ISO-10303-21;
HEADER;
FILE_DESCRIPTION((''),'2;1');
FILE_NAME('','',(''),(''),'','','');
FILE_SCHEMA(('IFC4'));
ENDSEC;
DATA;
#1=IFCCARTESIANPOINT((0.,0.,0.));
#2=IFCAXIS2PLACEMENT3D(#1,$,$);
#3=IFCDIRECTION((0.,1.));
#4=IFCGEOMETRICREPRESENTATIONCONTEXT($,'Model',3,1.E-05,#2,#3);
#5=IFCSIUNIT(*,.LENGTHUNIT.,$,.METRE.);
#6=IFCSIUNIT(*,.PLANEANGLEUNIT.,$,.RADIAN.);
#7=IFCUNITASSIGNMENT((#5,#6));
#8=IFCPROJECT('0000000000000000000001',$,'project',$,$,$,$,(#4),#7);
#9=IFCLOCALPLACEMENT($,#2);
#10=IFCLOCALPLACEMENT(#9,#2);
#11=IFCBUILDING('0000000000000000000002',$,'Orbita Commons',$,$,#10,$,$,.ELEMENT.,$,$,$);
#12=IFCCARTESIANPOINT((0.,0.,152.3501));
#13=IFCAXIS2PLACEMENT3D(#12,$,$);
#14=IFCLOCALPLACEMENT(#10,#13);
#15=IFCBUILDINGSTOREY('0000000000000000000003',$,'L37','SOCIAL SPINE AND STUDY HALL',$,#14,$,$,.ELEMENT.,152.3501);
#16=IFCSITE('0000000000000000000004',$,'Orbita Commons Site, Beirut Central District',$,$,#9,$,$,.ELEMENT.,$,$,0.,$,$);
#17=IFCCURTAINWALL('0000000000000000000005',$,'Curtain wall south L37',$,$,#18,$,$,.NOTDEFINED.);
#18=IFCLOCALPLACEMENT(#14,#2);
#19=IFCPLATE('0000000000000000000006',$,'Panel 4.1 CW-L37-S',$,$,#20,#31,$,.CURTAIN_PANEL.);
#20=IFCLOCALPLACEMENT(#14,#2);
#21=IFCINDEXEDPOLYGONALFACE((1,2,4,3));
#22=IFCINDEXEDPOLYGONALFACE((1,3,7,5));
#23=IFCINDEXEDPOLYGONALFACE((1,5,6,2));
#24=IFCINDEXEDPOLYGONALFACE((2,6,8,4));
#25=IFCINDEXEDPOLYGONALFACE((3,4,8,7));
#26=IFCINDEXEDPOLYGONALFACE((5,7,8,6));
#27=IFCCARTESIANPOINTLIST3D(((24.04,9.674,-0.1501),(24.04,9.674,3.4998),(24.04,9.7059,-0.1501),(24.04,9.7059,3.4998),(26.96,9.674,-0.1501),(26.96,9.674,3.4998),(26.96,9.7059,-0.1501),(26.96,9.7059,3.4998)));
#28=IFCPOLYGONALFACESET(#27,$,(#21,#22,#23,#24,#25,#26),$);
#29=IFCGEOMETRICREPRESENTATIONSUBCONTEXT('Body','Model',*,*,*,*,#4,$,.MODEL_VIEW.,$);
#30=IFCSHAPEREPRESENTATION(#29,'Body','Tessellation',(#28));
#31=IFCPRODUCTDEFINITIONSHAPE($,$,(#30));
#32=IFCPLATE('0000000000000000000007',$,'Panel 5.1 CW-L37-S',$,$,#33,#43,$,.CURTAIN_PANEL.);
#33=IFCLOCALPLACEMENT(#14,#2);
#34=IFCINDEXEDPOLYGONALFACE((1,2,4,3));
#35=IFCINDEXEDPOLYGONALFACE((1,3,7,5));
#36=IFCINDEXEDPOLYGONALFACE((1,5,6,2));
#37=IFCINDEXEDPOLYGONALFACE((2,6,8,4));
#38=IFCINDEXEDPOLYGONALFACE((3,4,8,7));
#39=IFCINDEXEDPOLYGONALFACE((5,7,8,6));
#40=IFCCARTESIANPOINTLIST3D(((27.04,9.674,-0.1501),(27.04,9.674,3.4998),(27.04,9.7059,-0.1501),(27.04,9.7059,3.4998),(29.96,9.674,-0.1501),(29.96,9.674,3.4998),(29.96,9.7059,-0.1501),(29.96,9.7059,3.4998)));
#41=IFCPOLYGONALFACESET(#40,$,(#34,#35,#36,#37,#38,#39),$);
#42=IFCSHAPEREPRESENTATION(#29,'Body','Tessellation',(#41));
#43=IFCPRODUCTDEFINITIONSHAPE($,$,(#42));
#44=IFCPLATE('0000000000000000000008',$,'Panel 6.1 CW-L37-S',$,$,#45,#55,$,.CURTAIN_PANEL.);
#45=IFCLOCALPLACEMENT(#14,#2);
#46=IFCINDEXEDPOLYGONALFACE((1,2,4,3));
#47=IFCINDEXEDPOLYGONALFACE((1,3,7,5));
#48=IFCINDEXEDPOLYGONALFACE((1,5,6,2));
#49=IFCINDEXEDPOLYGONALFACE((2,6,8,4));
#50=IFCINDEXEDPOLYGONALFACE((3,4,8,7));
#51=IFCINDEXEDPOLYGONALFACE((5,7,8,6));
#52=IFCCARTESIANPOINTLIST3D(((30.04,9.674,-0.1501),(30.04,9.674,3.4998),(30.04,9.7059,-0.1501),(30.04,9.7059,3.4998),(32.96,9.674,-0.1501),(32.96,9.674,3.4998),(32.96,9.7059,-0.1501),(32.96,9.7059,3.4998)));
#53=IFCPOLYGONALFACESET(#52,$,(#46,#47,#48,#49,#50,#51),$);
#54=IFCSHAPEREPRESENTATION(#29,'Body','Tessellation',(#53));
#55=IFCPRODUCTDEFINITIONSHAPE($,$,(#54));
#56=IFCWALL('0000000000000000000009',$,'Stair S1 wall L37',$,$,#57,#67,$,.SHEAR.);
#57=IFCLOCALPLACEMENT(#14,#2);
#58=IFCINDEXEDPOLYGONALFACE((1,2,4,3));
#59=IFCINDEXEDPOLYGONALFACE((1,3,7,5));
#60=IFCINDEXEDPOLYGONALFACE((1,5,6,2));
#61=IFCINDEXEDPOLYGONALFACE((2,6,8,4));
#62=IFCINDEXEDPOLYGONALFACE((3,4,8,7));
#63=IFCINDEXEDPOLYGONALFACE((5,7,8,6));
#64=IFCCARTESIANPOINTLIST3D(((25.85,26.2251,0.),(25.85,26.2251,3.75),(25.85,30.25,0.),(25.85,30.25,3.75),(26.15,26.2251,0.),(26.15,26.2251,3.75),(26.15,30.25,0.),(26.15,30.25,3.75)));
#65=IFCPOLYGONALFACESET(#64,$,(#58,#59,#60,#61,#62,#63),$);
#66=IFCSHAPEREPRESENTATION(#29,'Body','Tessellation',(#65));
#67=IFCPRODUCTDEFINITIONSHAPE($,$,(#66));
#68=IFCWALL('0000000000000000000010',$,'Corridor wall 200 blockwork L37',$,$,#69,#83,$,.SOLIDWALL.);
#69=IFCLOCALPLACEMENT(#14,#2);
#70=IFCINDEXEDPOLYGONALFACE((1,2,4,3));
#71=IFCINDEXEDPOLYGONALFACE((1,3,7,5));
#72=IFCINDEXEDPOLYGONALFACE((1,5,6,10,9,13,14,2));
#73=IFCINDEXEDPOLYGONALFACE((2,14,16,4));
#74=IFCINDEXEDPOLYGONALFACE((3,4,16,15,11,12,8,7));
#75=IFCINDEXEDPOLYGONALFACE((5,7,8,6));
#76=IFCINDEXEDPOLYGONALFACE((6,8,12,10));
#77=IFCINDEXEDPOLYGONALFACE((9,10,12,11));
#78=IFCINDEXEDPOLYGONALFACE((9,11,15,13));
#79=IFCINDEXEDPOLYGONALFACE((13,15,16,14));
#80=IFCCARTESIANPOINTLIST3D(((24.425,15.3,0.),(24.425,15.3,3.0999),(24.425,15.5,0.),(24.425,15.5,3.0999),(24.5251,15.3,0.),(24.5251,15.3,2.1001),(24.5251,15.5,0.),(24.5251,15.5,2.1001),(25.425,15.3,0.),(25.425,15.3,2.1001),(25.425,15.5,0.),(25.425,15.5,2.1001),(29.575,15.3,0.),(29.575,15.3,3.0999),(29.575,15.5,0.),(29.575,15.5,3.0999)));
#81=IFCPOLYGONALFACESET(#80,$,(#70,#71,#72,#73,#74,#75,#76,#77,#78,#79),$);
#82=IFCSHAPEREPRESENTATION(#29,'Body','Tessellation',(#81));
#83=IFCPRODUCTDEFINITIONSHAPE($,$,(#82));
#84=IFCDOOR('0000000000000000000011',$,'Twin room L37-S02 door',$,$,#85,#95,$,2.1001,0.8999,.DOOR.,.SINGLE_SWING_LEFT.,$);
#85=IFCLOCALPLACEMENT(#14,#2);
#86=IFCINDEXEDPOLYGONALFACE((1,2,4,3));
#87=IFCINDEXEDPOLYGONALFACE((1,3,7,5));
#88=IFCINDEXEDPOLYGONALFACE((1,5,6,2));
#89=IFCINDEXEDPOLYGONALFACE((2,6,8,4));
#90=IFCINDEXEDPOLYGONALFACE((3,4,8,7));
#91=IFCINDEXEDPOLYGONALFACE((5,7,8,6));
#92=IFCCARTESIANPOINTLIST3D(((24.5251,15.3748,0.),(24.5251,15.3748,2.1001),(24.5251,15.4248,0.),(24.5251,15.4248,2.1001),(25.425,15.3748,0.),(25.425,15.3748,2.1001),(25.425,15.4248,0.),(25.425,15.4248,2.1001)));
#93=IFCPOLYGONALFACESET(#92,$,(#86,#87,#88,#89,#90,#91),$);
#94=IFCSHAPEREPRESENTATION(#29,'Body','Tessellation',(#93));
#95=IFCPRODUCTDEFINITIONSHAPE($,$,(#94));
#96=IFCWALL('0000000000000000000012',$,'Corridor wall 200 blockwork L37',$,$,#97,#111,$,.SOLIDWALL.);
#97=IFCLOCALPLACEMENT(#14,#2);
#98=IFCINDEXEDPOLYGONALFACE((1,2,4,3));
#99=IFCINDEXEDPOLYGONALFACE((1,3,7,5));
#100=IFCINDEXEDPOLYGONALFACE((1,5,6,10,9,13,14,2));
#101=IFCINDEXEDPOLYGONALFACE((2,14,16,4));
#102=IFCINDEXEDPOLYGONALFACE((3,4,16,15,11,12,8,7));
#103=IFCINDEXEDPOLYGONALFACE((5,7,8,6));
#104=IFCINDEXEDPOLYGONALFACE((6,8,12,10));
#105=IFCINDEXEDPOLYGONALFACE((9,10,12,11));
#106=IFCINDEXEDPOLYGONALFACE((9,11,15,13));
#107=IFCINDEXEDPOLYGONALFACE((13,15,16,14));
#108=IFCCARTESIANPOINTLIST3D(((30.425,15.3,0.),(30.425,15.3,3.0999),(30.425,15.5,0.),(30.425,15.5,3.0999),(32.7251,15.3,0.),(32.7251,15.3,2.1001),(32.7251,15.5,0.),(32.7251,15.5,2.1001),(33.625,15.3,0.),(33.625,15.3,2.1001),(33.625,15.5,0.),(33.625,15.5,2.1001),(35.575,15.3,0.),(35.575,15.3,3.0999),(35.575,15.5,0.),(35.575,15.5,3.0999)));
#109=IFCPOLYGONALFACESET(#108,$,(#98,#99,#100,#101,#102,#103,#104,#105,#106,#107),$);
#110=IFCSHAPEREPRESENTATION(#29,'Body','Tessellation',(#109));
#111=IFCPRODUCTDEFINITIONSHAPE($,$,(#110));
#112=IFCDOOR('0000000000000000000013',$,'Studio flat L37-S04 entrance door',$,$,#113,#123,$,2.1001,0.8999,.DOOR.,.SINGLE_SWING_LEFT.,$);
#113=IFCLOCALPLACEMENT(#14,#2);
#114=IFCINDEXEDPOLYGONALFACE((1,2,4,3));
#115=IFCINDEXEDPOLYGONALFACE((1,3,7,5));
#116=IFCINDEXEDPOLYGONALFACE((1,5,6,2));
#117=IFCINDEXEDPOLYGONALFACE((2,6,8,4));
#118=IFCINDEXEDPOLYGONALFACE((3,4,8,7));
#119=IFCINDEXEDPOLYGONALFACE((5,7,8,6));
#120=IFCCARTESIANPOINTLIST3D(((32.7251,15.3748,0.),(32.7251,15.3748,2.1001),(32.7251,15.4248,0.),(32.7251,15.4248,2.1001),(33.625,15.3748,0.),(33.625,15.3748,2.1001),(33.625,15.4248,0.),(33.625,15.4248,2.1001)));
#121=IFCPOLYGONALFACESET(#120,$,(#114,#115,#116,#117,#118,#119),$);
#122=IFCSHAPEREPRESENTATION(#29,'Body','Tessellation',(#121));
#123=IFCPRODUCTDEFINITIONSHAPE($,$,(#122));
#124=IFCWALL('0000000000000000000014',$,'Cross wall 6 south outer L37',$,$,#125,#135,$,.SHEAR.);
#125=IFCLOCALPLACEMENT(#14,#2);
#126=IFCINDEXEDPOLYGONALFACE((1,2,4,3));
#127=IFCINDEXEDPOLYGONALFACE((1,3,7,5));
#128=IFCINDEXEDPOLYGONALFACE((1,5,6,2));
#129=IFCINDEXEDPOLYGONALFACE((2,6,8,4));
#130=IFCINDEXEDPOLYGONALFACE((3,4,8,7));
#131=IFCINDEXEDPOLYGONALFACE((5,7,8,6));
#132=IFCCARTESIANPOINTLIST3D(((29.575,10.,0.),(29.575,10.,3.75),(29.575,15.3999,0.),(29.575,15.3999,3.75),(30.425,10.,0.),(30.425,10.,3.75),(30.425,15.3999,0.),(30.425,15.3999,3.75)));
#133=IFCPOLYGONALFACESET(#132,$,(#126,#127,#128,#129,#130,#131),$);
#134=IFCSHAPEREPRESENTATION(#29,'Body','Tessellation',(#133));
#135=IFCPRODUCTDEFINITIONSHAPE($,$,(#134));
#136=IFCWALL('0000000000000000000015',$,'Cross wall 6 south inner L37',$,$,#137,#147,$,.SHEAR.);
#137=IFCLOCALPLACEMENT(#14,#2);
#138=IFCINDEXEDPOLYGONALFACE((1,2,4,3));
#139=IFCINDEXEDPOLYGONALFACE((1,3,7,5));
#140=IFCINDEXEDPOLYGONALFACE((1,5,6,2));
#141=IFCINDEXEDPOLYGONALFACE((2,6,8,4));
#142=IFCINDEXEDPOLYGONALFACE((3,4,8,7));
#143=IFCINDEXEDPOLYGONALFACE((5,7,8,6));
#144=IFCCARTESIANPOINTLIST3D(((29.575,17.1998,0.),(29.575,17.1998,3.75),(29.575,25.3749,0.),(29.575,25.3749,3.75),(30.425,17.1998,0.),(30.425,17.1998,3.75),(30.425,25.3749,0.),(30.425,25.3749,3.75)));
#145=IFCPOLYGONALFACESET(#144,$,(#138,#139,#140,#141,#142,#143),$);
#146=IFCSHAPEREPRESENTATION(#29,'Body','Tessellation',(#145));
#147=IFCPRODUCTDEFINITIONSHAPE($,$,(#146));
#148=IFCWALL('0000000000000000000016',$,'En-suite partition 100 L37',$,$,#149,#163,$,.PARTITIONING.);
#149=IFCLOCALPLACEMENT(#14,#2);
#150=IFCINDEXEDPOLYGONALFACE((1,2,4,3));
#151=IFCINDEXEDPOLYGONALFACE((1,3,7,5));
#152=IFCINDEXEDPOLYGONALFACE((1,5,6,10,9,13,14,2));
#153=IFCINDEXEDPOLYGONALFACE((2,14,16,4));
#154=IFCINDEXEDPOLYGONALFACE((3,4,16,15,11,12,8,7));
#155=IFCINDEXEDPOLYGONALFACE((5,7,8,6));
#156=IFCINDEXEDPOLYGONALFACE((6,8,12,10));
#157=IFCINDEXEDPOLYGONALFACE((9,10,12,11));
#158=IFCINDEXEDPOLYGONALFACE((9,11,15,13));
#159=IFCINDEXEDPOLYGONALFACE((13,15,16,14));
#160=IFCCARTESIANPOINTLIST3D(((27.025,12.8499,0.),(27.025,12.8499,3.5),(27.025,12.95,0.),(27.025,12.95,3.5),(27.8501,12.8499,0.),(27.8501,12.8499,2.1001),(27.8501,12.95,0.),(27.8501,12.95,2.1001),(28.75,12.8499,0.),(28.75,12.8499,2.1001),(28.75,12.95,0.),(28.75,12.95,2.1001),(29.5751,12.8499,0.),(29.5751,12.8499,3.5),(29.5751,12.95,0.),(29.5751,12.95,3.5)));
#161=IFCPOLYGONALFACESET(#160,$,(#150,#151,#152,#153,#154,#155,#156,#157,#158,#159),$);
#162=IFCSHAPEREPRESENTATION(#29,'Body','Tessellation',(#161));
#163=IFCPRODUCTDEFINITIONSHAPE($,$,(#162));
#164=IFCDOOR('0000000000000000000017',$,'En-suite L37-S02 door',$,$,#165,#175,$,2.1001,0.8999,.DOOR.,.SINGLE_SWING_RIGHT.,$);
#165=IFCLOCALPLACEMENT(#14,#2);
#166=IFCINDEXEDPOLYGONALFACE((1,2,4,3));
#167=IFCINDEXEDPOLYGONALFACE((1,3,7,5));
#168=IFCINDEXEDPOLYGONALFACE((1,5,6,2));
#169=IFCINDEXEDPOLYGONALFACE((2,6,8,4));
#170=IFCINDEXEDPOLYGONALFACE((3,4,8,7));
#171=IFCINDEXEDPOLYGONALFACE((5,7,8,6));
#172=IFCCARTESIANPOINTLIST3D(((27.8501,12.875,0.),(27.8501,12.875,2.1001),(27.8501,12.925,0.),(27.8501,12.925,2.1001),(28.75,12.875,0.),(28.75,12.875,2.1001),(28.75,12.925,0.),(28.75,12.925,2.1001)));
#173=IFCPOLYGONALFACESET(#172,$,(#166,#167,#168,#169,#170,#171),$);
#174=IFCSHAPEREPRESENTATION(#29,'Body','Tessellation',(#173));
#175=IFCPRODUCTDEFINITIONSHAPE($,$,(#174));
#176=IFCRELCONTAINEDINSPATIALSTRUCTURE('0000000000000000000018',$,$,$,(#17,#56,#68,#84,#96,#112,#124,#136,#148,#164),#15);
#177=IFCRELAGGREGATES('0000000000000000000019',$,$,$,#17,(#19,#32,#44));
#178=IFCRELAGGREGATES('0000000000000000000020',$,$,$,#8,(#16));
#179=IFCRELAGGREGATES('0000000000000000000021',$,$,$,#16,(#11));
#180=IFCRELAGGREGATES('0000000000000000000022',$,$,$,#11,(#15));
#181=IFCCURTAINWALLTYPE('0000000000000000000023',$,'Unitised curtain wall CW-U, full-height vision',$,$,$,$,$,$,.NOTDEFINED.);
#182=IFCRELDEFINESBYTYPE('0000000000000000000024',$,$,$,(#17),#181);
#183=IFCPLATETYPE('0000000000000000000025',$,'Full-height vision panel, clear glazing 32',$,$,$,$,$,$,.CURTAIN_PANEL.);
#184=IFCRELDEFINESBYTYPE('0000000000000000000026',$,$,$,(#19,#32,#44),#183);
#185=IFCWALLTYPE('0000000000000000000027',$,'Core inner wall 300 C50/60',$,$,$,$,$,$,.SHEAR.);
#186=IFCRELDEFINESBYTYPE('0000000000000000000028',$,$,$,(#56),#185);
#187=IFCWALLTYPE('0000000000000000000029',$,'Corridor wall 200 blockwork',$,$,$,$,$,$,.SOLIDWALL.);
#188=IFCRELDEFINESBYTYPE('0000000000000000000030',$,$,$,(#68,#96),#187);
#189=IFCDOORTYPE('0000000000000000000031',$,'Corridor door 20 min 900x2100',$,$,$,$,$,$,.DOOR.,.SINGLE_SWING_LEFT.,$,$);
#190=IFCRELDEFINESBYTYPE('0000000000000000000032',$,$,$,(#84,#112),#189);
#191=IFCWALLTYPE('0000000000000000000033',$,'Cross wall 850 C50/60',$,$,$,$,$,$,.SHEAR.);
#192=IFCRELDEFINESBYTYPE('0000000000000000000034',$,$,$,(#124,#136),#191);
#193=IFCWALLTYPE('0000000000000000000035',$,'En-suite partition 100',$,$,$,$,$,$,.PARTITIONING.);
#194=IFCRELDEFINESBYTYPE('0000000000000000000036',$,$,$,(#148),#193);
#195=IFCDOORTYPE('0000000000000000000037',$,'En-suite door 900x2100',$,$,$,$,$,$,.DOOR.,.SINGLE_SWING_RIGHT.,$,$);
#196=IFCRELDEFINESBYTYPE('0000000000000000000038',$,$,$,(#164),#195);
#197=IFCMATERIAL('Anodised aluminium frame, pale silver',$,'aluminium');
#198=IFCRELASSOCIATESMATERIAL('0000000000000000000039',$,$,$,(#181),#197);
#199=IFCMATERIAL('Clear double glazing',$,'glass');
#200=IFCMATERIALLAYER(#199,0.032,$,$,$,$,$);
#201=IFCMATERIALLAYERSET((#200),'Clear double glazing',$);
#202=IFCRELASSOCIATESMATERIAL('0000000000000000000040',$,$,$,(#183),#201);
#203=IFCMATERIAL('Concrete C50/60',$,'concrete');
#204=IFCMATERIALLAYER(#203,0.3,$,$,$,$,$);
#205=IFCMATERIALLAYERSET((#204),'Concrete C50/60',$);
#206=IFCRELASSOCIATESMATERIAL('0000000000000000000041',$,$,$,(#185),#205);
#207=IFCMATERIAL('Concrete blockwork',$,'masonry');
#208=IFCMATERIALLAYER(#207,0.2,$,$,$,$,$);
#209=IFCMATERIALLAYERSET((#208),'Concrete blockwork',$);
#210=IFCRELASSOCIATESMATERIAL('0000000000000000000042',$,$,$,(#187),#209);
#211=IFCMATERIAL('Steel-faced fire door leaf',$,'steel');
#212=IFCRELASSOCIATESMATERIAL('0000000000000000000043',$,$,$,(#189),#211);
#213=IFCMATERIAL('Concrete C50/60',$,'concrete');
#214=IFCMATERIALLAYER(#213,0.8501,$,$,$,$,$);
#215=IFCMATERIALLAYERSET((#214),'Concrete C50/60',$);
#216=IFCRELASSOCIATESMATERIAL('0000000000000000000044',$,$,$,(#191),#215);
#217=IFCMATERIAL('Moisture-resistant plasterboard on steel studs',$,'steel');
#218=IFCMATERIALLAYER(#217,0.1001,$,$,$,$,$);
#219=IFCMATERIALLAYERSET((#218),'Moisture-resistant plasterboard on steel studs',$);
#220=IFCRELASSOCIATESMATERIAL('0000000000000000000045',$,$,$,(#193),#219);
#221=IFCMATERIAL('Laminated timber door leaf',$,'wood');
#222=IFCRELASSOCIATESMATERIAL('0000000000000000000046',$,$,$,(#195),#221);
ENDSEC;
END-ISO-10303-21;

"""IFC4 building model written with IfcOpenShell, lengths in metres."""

from ifc_helpers import new_model, si_unit, direction, frame, frame_2d, origin, origin_2d, place, context, subcontext, project, spatial, polyline, rectangle, outline, extrude, material, layer, layer_set, type_object, element, fill, aggregate, save


model = new_model("IFC4")

# Units and contexts
model_context = context("Model", 3, precision=1e-05, world=origin(), true_north=direction((0.0, 1.0)))
body_context = subcontext(model_context, "Body", "Model", "MODEL_VIEW")
ifc_project = project(units=[si_unit("LENGTHUNIT", "METRE"), si_unit("PLANEANGLEUNIT", "RADIAN")], contexts=[model_context])

# Site, building, storey
site_placement = place(None, origin())
site = spatial("IfcSite", under=ifc_project, at=site_placement, Name="Orbita Commons Site, Beirut Central District", CompositionType="ELEMENT", RefElevation=0.0)
building_placement = place(site_placement, origin())
building = spatial("IfcBuilding", under=site, at=building_placement, Name="Orbita Commons", CompositionType="ELEMENT")
storey_placement = place(building_placement, frame((0.0, 0.0, 152.3501)))
storey = spatial("IfcBuildingStorey", under=building, at=storey_placement, Name="L37", Description="SOCIAL SPINE AND STUDY HALL", CompositionType="ELEMENT", Elevation=152.3501)

# Curtain wall
ifc_material_1 = material(Name="Anodised aluminium frame, pale silver", Category="aluminium")
curtain_wall_type = type_object("IfcCurtainWallType", Name="Unitised curtain wall CW-U, full-height vision", PredefinedType="NOTDEFINED", material=ifc_material_1)
curtain_wall_placement = place(storey_placement, origin())
curtain_wall = element("IfcCurtainWall", 1, at=curtain_wall_placement, inside=storey, type_object=curtain_wall_type, Name="Curtain wall south L37", PredefinedType="NOTDEFINED")

# Plates
ifc_material_2 = material(Name="Clear double glazing", Category="glass")
ifc_layer_1 = layer(ifc_material_2, 0.032)
ifc_layer_set_1 = layer_set([ifc_layer_1], Name="Clear double glazing")
plate_type = type_object("IfcPlateType", Name="Full-height vision panel, clear glazing 32", PredefinedType="CURTAIN_PANEL", material=ifc_layer_set_1)
plate_1_placement = place(storey_placement, frame((25.5, 9.6899, -0.1501), z_axis=(0.0, 0.0, 1.0), x_axis=(1.0, 0.0, 0.0)))
plate_1 = element("IfcPlate", 2, at=plate_1_placement, type_object=plate_type, Name="Panel 4.1 CW-L37-S", PredefinedType="CURTAIN_PANEL", context=body_context, shape_type="SweptSolid", body=[
    extrude(rectangle(XDim=2.9199, YDim=0.032, at=origin_2d()), origin(), (0.0, 0.0, 1.0), 3.6499),
])
plate_2_placement = place(storey_placement, frame((28.5, 9.6899, -0.1501), z_axis=(0.0, 0.0, 1.0), x_axis=(1.0, 0.0, 0.0)))
plate_2 = element("IfcPlate", 3, at=plate_2_placement, type_object=plate_type, Name="Panel 5.1 CW-L37-S", PredefinedType="CURTAIN_PANEL", context=body_context, shape_type="SweptSolid", body=[
    extrude(rectangle(XDim=2.9199, YDim=0.032, at=origin_2d()), origin(), (0.0, 0.0, 1.0), 3.6499),
])
plate_3_placement = place(storey_placement, frame((31.5, 9.6899, -0.1501), z_axis=(0.0, 0.0, 1.0), x_axis=(1.0, 0.0, 0.0)))
plate_3 = element("IfcPlate", 4, at=plate_3_placement, type_object=plate_type, Name="Panel 6.1 CW-L37-S", PredefinedType="CURTAIN_PANEL", context=body_context, shape_type="SweptSolid", body=[
    extrude(rectangle(XDim=2.9199, YDim=0.032, at=origin_2d()), origin(), (0.0, 0.0, 1.0), 3.6499),
])
aggregate(curtain_wall, [plate_1, plate_2, plate_3])

# Wall
ifc_material_3 = material(Name="Concrete C50/60", Category="concrete")
ifc_layer_2 = layer(ifc_material_3, 0.3)
ifc_layer_set_2 = layer_set([ifc_layer_2], Name="Concrete C50/60")
wall_type_1 = type_object("IfcWallType", Name="Core inner wall 300 C50/60", PredefinedType="SHEAR", material=ifc_layer_set_2)
wall_1_placement = place(storey_placement, frame((26.0, 26.2251, 0.0), z_axis=(0.0, 0.0, 1.0), x_axis=(0.0, 1.0, 0.0)))
element("IfcWall", 5, at=wall_1_placement, inside=storey, type_object=wall_type_1, Name="Stair S1 wall L37", PredefinedType="SHEAR", context=body_context, shape_type="SweptSolid", body=[
    extrude(rectangle(XDim=4.0249, YDim=0.3, at=frame_2d((2.0125, 0.0))), origin(), (0.0, 0.0, 1.0), 3.75),
])

# Walls, openings, doors
ifc_material_4 = material(Name="Concrete blockwork", Category="masonry")
ifc_layer_3 = layer(ifc_material_4, 0.2)
ifc_layer_set_3 = layer_set([ifc_layer_3], Name="Concrete blockwork")
wall_type_2 = type_object("IfcWallType", Name="Corridor wall 200 blockwork", PredefinedType="SOLIDWALL", material=ifc_layer_set_3)
wall_2_placement = place(storey_placement, frame((24.425, 15.3999, 0.0), z_axis=(0.0, 0.0, 1.0), x_axis=(1.0, 0.0, 0.0)))
wall_2 = element("IfcWall", 6, at=wall_2_placement, inside=storey, type_object=wall_type_2, Name="Corridor wall 200 blockwork L37", PredefinedType="SOLIDWALL", context=body_context, shape_type="SweptSolid", body=[
    extrude(outline(polyline([(0.0, 0.0), (5.1499, 0.0), (5.1499, 3.0999), (0.0, 3.0999), (0.0, 0.0)])), frame((0.0, 0.1001, 0.0), z_axis=(0.0, -1.0, 0.0), x_axis=(1.0, 0.0, 0.0)), (0.0, 0.0, 1.0), 0.2),
])
opening_1_placement = place(wall_2_placement, frame((0.1001, 0.0, 0.0)))
opening_1 = element("IfcOpeningElement", 7, at=opening_1_placement, cuts=wall_2, PredefinedType="OPENING", context=body_context, shape_type="SweptSolid", body=[
    extrude(rectangle(XDim=0.8999, YDim=2.1001, at=frame_2d((0.45, 1.05))), frame((0.0, 0.1099, 0.0), z_axis=(0.0, -1.0, 0.0), x_axis=(1.0, 0.0, 0.0)), (0.0, 0.0, 1.0), 0.22),
])
ifc_material_5 = material(Name="Steel-faced fire door leaf", Category="steel")
door_type_1 = type_object("IfcDoorType", Name="Corridor door 20 min 900x2100", OperationType="SINGLE_SWING_LEFT", PredefinedType="DOOR", material=ifc_material_5)
door_1_placement = place(opening_1_placement, origin())
door_1 = element("IfcDoor", 8, at=door_1_placement, inside=storey, type_object=door_type_1, Name="Twin room L37-S02 door", OperationType="SINGLE_SWING_LEFT", OverallHeight=2.1001, OverallWidth=0.8999, PredefinedType="DOOR", context=body_context, shape_type="SweptSolid", body=[
    extrude(rectangle(XDim=0.8999, YDim=2.1001, at=frame_2d((0.45, 1.05))), frame((0.0, 0.0249, 0.0), z_axis=(0.0, -1.0, 0.0), x_axis=(1.0, 0.0, 0.0)), (0.0, 0.0, 1.0), 0.05),
])
fill(opening_1, door_1)
wall_3_placement = place(storey_placement, frame((30.425, 15.3999, 0.0), z_axis=(0.0, 0.0, 1.0), x_axis=(1.0, 0.0, 0.0)))
wall_3 = element("IfcWall", 9, at=wall_3_placement, inside=storey, type_object=wall_type_2, Name="Corridor wall 200 blockwork L37", PredefinedType="SOLIDWALL", context=body_context, shape_type="SweptSolid", body=[
    extrude(outline(polyline([(0.0, 0.0), (5.1499, 0.0), (5.1499, 3.0999), (0.0, 3.0999), (0.0, 0.0)])), frame((0.0, 0.1001, 0.0), z_axis=(0.0, -1.0, 0.0), x_axis=(1.0, 0.0, 0.0)), (0.0, 0.0, 1.0), 0.2),
])
opening_2_placement = place(wall_3_placement, frame((2.3, 0.0, 0.0)))
opening_2 = element("IfcOpeningElement", 10, at=opening_2_placement, cuts=wall_3, PredefinedType="OPENING", context=body_context, shape_type="SweptSolid", body=[
    extrude(rectangle(XDim=0.8999, YDim=2.1001, at=frame_2d((0.45, 1.05))), frame((0.0, 0.1099, 0.0), z_axis=(0.0, -1.0, 0.0), x_axis=(1.0, 0.0, 0.0)), (0.0, 0.0, 1.0), 0.22),
])
door_2_placement = place(opening_2_placement, origin())
door_2 = element("IfcDoor", 11, at=door_2_placement, inside=storey, type_object=door_type_1, Name="Studio flat L37-S04 entrance door", OperationType="SINGLE_SWING_LEFT", OverallHeight=2.1001, OverallWidth=0.8999, PredefinedType="DOOR", context=body_context, shape_type="SweptSolid", body=[
    extrude(rectangle(XDim=0.8999, YDim=2.1001, at=frame_2d((0.45, 1.05))), frame((0.0, 0.0249, 0.0), z_axis=(0.0, -1.0, 0.0), x_axis=(1.0, 0.0, 0.0)), (0.0, 0.0, 1.0), 0.05),
])
fill(opening_2, door_2)

# Walls
ifc_material_6 = material(Name="Concrete C50/60", Category="concrete")
ifc_layer_4 = layer(ifc_material_6, 0.8501)
ifc_layer_set_4 = layer_set([ifc_layer_4], Name="Concrete C50/60")
wall_type_3 = type_object("IfcWallType", Name="Cross wall 850 C50/60", PredefinedType="SHEAR", material=ifc_layer_set_4)
wall_4_placement = place(storey_placement, frame((30.0, 10.0, 0.0), z_axis=(0.0, 0.0, 1.0), x_axis=(0.0, 1.0, 0.0)))
element("IfcWall", 12, at=wall_4_placement, inside=storey, type_object=wall_type_3, Name="Cross wall 6 south outer L37", PredefinedType="SHEAR", context=body_context, shape_type="SweptSolid", body=[
    extrude(rectangle(XDim=5.3999, YDim=0.8501, at=frame_2d((2.7, 0.0))), origin(), (0.0, 0.0, 1.0), 3.75),
])
wall_5_placement = place(storey_placement, frame((30.0, 17.2, 0.0), z_axis=(0.0, 0.0, 1.0), x_axis=(0.0, 1.0, 0.0)))
element("IfcWall", 13, at=wall_5_placement, inside=storey, type_object=wall_type_3, Name="Cross wall 6 south inner L37", PredefinedType="SHEAR", context=body_context, shape_type="SweptSolid", body=[
    extrude(rectangle(XDim=8.175, YDim=0.8501, at=frame_2d((4.0874, 0.0))), origin(), (0.0, 0.0, 1.0), 3.75),
])

# Wall, opening, door
ifc_material_7 = material(Name="Moisture-resistant plasterboard on steel studs", Category="steel")
ifc_layer_5 = layer(ifc_material_7, 0.1001)
ifc_layer_set_5 = layer_set([ifc_layer_5], Name="Moisture-resistant plasterboard on steel studs")
wall_type_4 = type_object("IfcWallType", Name="En-suite partition 100", PredefinedType="PARTITIONING", material=ifc_layer_set_5)
wall_6_placement = place(storey_placement, frame((29.575, 12.8999, 0.0), z_axis=(0.0, 0.0, 1.0), x_axis=(-1.0, 0.0, 0.0)))
wall_6 = element("IfcWall", 14, at=wall_6_placement, inside=storey, type_object=wall_type_4, Name="En-suite partition 100 L37", PredefinedType="PARTITIONING", context=body_context, shape_type="SweptSolid", body=[
    extrude(rectangle(XDim=2.55, YDim=0.1001, at=frame_2d((1.2749, 0.0))), origin(), (0.0, 0.0, 1.0), 3.5),
])
opening_3_placement = place(wall_6_placement, frame((0.825, 0.0, 0.0)))
opening_3 = element("IfcOpeningElement", 15, at=opening_3_placement, cuts=wall_6, PredefinedType="OPENING", context=body_context, shape_type="SweptSolid", body=[
    extrude(rectangle(XDim=0.8999, YDim=2.1001, at=frame_2d((0.45, 1.05))), frame((0.0, 0.0601, 0.0), z_axis=(0.0, -1.0, 0.0), x_axis=(1.0, 0.0, 0.0)), (0.0, 0.0, 1.0), 0.1201),
])
ifc_material_8 = material(Name="Laminated timber door leaf", Category="wood")
door_type_2 = type_object("IfcDoorType", Name="En-suite door 900x2100", OperationType="SINGLE_SWING_RIGHT", PredefinedType="DOOR", material=ifc_material_8)
door_3_placement = place(opening_3_placement, origin())
door_3 = element("IfcDoor", 16, at=door_3_placement, inside=storey, type_object=door_type_2, Name="En-suite L37-S02 door", OperationType="SINGLE_SWING_RIGHT", OverallHeight=2.1001, OverallWidth=0.8999, PredefinedType="DOOR", context=body_context, shape_type="SweptSolid", body=[
    extrude(rectangle(XDim=0.8999, YDim=2.1001, at=frame_2d((0.45, 1.05))), frame((0.0, 0.0249, 0.0), z_axis=(0.0, -1.0, 0.0), x_axis=(1.0, 0.0, 0.0)), (0.0, 0.0, 1.0), 0.05),
])
fill(opening_3, door_3)

save(model, "model.ifc")
